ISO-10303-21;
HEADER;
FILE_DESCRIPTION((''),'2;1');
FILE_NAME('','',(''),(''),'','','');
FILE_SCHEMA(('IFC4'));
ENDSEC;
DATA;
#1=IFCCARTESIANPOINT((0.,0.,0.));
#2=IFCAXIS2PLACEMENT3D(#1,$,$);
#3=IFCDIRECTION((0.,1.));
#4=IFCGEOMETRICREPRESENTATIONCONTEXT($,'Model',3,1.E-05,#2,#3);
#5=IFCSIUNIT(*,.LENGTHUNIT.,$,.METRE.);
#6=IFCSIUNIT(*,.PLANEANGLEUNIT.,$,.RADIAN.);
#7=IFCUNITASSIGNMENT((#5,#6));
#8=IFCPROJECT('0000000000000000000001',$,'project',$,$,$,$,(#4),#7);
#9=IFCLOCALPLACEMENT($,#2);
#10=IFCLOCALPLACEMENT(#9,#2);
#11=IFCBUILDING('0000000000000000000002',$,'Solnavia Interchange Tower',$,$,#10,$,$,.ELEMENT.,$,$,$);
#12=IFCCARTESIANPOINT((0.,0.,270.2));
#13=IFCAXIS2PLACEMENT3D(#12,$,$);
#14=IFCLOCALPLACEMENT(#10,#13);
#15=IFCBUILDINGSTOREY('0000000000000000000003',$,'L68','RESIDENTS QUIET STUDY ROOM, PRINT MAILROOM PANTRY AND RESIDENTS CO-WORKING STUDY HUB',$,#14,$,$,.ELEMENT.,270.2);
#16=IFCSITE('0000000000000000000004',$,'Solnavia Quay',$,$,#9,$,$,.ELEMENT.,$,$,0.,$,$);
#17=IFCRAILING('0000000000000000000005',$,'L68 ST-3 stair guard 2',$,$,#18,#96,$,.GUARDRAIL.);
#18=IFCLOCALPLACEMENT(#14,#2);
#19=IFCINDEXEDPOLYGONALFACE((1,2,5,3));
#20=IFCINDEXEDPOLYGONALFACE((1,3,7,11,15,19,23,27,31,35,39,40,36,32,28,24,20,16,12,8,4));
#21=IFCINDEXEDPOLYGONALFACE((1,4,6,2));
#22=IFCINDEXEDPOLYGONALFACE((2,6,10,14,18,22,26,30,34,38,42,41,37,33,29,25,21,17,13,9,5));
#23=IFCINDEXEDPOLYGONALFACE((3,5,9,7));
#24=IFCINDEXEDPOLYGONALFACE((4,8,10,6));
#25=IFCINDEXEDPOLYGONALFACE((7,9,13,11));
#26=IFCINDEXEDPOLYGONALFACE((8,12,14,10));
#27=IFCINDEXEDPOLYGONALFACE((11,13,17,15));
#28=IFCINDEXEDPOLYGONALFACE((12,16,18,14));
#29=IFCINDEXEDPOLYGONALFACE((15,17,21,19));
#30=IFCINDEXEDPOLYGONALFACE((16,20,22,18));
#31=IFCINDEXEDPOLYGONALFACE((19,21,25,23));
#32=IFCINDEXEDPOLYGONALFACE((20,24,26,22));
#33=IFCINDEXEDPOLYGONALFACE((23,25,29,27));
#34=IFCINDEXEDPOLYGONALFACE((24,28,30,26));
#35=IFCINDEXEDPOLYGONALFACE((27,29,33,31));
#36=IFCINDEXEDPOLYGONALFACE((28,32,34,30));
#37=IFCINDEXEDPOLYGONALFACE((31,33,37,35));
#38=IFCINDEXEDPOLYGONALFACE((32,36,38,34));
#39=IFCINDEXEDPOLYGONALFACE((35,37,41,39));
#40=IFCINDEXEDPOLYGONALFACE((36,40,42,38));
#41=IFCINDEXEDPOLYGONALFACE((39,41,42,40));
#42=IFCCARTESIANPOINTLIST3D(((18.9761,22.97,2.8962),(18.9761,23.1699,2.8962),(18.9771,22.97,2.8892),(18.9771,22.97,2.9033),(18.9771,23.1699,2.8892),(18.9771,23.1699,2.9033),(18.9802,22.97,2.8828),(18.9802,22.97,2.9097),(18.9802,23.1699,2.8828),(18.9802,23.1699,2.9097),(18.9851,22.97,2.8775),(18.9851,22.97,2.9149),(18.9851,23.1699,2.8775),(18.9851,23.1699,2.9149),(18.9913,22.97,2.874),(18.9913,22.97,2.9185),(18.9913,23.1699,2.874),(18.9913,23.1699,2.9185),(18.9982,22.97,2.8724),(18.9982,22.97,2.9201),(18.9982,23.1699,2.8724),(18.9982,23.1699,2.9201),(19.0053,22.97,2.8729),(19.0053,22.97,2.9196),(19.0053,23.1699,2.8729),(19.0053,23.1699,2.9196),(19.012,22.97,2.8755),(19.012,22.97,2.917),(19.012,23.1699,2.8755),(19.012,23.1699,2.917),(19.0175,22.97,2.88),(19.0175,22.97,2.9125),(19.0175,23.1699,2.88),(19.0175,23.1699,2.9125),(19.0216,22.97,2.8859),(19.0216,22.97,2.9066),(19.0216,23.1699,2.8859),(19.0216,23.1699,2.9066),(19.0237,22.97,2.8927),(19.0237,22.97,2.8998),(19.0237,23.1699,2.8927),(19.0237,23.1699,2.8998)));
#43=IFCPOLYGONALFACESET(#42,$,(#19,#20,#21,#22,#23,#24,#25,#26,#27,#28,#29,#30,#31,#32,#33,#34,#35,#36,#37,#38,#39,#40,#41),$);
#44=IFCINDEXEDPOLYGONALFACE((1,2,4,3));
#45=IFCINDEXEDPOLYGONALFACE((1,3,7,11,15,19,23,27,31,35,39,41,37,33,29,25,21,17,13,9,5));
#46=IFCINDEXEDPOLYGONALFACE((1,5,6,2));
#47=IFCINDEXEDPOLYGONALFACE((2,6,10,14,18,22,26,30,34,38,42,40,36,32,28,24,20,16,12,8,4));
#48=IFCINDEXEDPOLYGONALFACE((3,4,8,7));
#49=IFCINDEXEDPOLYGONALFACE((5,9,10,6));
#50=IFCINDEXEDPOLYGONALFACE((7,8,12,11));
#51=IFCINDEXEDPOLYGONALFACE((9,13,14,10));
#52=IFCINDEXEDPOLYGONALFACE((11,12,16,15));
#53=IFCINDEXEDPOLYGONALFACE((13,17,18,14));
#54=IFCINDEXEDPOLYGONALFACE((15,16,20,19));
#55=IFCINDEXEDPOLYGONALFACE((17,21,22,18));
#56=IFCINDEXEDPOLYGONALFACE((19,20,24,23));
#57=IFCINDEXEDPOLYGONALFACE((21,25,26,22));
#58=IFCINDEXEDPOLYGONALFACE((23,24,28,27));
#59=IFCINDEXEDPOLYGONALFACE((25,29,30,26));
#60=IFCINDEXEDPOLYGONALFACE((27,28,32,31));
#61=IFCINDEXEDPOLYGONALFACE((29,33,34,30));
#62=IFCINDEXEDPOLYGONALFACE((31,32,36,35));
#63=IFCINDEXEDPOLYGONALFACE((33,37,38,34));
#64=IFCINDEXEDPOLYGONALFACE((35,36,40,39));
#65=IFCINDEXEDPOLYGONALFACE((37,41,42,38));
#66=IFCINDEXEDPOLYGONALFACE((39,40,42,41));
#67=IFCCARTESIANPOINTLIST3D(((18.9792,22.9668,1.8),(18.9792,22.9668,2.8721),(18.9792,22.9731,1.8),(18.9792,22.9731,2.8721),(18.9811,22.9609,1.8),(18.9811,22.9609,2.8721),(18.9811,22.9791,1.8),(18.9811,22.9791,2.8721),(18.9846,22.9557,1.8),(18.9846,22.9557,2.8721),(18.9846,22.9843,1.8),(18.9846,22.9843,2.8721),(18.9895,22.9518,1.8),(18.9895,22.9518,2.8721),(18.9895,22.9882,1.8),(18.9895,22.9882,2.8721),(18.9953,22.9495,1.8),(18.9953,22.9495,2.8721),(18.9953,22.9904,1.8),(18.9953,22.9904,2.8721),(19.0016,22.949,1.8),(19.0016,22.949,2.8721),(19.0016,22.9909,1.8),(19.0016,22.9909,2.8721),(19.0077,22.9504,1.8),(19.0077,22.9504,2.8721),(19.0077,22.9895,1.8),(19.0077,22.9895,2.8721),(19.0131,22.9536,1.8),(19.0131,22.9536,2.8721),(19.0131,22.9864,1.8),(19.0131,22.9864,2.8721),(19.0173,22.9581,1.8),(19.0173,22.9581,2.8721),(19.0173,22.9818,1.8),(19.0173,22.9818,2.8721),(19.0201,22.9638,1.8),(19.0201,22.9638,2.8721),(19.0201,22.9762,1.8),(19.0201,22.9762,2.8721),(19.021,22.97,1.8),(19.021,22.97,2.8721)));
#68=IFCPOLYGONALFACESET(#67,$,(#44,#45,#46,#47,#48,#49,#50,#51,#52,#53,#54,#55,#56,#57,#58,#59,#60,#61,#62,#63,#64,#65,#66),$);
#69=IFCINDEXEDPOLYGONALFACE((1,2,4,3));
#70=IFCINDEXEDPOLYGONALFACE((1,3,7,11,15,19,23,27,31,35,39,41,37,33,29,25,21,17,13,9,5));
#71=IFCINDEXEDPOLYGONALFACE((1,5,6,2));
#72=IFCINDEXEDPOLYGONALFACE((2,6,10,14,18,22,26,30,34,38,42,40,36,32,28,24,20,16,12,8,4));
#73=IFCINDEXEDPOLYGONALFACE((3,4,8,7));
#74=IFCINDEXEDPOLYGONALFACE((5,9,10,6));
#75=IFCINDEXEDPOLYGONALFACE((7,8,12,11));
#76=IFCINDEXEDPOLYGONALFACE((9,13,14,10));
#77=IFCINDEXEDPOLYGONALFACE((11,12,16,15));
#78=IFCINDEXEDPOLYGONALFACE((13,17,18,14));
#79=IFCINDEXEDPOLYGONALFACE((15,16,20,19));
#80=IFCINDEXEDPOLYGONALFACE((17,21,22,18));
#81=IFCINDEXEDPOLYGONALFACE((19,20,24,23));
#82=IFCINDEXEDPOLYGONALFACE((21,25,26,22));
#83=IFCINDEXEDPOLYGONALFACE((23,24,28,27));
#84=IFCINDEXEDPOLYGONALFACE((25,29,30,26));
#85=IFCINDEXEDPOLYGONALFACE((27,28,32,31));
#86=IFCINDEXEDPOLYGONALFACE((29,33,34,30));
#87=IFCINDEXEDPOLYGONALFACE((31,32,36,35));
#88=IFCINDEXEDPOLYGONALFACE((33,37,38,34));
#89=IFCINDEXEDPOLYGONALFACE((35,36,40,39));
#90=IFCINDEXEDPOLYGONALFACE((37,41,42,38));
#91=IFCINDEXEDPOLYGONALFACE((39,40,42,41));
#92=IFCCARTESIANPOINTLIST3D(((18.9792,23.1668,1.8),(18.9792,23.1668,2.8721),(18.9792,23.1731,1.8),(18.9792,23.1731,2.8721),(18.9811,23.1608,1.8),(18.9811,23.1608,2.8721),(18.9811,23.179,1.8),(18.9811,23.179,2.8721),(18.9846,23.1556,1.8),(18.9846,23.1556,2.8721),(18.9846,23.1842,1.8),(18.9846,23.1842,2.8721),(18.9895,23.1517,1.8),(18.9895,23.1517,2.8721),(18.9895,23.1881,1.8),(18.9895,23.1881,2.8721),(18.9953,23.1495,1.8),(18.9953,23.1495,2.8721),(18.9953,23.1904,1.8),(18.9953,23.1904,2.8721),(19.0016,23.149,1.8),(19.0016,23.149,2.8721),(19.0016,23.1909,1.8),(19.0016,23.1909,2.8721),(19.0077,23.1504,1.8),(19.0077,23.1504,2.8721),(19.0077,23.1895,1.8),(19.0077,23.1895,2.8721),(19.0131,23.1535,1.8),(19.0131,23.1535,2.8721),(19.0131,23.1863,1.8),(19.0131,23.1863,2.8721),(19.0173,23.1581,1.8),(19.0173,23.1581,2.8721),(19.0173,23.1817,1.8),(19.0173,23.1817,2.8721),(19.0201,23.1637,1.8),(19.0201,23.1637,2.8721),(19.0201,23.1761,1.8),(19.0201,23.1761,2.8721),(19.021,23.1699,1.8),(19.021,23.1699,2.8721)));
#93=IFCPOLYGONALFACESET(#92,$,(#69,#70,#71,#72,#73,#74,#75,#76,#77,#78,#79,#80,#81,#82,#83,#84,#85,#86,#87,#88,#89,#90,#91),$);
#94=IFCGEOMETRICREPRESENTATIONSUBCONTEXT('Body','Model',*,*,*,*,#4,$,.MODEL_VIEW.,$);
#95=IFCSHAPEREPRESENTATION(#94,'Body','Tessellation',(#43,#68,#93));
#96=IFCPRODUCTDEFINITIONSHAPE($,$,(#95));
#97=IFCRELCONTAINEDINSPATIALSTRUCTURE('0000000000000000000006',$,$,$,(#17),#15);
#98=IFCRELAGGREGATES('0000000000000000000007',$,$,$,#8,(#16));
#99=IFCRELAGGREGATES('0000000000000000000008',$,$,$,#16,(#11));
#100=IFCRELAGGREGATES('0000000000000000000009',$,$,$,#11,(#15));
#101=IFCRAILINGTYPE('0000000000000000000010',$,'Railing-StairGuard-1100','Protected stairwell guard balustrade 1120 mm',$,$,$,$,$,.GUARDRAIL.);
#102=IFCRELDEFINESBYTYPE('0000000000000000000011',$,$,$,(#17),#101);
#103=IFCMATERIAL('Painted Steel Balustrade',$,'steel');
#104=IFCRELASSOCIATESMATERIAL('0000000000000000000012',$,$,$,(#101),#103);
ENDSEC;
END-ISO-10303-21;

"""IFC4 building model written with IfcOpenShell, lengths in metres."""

from ifc_helpers import new_model, si_unit, direction, frame, origin, origin_2d, place, context, subcontext, project, spatial, circle, extrude, material, type_object, element, save


model = new_model("IFC4")

# Units and contexts
model_context = context("Model", 3, precision=1e-05, world=origin(), true_north=direction((0.0, 1.0)))
body_context = subcontext(model_context, "Body", "Model", "MODEL_VIEW")
ifc_project = project(units=[si_unit("LENGTHUNIT", "METRE"), si_unit("PLANEANGLEUNIT", "RADIAN")], contexts=[model_context])

# Site, building, storey
site_placement = place(None, origin())
site = spatial("IfcSite", under=ifc_project, at=site_placement, Name="Solnavia Quay", CompositionType="ELEMENT", RefElevation=0.0)
building_placement = place(site_placement, origin())
building = spatial("IfcBuilding", under=site, at=building_placement, Name="Solnavia Interchange Tower", CompositionType="ELEMENT")
storey_placement = place(building_placement, frame((0.0, 0.0, 270.2)))
storey = spatial("IfcBuildingStorey", under=building, at=storey_placement, Name="L68", Description="RESIDENTS QUIET STUDY ROOM, PRINT MAILROOM PANTRY AND RESIDENTS CO-WORKING STUDY HUB", CompositionType="ELEMENT", Elevation=270.2)

# Railing
ifc_material_1 = material(Name="Painted Steel Balustrade", Category="steel")
railing_type_1 = type_object("IfcRailingType", Name="Railing-StairGuard-1100", Description="Protected stairwell guard balustrade 1120 mm", PredefinedType="GUARDRAIL", material=ifc_material_1)
railing_1_placement = place(storey_placement, frame((19.0, 22.97, 1.8)))
element("IfcRailing", 1, at=railing_1_placement, inside=storey, type_object=railing_type_1, Name="L68 ST-3 stair guard 2", PredefinedType="GUARDRAIL", context=body_context, shape_type="SweptSolid", body=[
    extrude(circle(Radius=0.0239, at=origin_2d()), frame((0.0, 0.0, 1.0962), z_axis=(0.0, 1.0, 0.0), x_axis=(-1.0, 0.0, 0.0)), (0.0, 0.0, 1.0), 0.2),
    extrude(circle(Radius=0.021, at=origin_2d()), origin(), (0.0, 0.0, 1.0), 1.072),
    extrude(circle(Radius=0.021, at=origin_2d()), frame((0.0, 0.2, 0.0)), (0.0, 0.0, 1.0), 1.072),
])

save(model, "model.ifc")
